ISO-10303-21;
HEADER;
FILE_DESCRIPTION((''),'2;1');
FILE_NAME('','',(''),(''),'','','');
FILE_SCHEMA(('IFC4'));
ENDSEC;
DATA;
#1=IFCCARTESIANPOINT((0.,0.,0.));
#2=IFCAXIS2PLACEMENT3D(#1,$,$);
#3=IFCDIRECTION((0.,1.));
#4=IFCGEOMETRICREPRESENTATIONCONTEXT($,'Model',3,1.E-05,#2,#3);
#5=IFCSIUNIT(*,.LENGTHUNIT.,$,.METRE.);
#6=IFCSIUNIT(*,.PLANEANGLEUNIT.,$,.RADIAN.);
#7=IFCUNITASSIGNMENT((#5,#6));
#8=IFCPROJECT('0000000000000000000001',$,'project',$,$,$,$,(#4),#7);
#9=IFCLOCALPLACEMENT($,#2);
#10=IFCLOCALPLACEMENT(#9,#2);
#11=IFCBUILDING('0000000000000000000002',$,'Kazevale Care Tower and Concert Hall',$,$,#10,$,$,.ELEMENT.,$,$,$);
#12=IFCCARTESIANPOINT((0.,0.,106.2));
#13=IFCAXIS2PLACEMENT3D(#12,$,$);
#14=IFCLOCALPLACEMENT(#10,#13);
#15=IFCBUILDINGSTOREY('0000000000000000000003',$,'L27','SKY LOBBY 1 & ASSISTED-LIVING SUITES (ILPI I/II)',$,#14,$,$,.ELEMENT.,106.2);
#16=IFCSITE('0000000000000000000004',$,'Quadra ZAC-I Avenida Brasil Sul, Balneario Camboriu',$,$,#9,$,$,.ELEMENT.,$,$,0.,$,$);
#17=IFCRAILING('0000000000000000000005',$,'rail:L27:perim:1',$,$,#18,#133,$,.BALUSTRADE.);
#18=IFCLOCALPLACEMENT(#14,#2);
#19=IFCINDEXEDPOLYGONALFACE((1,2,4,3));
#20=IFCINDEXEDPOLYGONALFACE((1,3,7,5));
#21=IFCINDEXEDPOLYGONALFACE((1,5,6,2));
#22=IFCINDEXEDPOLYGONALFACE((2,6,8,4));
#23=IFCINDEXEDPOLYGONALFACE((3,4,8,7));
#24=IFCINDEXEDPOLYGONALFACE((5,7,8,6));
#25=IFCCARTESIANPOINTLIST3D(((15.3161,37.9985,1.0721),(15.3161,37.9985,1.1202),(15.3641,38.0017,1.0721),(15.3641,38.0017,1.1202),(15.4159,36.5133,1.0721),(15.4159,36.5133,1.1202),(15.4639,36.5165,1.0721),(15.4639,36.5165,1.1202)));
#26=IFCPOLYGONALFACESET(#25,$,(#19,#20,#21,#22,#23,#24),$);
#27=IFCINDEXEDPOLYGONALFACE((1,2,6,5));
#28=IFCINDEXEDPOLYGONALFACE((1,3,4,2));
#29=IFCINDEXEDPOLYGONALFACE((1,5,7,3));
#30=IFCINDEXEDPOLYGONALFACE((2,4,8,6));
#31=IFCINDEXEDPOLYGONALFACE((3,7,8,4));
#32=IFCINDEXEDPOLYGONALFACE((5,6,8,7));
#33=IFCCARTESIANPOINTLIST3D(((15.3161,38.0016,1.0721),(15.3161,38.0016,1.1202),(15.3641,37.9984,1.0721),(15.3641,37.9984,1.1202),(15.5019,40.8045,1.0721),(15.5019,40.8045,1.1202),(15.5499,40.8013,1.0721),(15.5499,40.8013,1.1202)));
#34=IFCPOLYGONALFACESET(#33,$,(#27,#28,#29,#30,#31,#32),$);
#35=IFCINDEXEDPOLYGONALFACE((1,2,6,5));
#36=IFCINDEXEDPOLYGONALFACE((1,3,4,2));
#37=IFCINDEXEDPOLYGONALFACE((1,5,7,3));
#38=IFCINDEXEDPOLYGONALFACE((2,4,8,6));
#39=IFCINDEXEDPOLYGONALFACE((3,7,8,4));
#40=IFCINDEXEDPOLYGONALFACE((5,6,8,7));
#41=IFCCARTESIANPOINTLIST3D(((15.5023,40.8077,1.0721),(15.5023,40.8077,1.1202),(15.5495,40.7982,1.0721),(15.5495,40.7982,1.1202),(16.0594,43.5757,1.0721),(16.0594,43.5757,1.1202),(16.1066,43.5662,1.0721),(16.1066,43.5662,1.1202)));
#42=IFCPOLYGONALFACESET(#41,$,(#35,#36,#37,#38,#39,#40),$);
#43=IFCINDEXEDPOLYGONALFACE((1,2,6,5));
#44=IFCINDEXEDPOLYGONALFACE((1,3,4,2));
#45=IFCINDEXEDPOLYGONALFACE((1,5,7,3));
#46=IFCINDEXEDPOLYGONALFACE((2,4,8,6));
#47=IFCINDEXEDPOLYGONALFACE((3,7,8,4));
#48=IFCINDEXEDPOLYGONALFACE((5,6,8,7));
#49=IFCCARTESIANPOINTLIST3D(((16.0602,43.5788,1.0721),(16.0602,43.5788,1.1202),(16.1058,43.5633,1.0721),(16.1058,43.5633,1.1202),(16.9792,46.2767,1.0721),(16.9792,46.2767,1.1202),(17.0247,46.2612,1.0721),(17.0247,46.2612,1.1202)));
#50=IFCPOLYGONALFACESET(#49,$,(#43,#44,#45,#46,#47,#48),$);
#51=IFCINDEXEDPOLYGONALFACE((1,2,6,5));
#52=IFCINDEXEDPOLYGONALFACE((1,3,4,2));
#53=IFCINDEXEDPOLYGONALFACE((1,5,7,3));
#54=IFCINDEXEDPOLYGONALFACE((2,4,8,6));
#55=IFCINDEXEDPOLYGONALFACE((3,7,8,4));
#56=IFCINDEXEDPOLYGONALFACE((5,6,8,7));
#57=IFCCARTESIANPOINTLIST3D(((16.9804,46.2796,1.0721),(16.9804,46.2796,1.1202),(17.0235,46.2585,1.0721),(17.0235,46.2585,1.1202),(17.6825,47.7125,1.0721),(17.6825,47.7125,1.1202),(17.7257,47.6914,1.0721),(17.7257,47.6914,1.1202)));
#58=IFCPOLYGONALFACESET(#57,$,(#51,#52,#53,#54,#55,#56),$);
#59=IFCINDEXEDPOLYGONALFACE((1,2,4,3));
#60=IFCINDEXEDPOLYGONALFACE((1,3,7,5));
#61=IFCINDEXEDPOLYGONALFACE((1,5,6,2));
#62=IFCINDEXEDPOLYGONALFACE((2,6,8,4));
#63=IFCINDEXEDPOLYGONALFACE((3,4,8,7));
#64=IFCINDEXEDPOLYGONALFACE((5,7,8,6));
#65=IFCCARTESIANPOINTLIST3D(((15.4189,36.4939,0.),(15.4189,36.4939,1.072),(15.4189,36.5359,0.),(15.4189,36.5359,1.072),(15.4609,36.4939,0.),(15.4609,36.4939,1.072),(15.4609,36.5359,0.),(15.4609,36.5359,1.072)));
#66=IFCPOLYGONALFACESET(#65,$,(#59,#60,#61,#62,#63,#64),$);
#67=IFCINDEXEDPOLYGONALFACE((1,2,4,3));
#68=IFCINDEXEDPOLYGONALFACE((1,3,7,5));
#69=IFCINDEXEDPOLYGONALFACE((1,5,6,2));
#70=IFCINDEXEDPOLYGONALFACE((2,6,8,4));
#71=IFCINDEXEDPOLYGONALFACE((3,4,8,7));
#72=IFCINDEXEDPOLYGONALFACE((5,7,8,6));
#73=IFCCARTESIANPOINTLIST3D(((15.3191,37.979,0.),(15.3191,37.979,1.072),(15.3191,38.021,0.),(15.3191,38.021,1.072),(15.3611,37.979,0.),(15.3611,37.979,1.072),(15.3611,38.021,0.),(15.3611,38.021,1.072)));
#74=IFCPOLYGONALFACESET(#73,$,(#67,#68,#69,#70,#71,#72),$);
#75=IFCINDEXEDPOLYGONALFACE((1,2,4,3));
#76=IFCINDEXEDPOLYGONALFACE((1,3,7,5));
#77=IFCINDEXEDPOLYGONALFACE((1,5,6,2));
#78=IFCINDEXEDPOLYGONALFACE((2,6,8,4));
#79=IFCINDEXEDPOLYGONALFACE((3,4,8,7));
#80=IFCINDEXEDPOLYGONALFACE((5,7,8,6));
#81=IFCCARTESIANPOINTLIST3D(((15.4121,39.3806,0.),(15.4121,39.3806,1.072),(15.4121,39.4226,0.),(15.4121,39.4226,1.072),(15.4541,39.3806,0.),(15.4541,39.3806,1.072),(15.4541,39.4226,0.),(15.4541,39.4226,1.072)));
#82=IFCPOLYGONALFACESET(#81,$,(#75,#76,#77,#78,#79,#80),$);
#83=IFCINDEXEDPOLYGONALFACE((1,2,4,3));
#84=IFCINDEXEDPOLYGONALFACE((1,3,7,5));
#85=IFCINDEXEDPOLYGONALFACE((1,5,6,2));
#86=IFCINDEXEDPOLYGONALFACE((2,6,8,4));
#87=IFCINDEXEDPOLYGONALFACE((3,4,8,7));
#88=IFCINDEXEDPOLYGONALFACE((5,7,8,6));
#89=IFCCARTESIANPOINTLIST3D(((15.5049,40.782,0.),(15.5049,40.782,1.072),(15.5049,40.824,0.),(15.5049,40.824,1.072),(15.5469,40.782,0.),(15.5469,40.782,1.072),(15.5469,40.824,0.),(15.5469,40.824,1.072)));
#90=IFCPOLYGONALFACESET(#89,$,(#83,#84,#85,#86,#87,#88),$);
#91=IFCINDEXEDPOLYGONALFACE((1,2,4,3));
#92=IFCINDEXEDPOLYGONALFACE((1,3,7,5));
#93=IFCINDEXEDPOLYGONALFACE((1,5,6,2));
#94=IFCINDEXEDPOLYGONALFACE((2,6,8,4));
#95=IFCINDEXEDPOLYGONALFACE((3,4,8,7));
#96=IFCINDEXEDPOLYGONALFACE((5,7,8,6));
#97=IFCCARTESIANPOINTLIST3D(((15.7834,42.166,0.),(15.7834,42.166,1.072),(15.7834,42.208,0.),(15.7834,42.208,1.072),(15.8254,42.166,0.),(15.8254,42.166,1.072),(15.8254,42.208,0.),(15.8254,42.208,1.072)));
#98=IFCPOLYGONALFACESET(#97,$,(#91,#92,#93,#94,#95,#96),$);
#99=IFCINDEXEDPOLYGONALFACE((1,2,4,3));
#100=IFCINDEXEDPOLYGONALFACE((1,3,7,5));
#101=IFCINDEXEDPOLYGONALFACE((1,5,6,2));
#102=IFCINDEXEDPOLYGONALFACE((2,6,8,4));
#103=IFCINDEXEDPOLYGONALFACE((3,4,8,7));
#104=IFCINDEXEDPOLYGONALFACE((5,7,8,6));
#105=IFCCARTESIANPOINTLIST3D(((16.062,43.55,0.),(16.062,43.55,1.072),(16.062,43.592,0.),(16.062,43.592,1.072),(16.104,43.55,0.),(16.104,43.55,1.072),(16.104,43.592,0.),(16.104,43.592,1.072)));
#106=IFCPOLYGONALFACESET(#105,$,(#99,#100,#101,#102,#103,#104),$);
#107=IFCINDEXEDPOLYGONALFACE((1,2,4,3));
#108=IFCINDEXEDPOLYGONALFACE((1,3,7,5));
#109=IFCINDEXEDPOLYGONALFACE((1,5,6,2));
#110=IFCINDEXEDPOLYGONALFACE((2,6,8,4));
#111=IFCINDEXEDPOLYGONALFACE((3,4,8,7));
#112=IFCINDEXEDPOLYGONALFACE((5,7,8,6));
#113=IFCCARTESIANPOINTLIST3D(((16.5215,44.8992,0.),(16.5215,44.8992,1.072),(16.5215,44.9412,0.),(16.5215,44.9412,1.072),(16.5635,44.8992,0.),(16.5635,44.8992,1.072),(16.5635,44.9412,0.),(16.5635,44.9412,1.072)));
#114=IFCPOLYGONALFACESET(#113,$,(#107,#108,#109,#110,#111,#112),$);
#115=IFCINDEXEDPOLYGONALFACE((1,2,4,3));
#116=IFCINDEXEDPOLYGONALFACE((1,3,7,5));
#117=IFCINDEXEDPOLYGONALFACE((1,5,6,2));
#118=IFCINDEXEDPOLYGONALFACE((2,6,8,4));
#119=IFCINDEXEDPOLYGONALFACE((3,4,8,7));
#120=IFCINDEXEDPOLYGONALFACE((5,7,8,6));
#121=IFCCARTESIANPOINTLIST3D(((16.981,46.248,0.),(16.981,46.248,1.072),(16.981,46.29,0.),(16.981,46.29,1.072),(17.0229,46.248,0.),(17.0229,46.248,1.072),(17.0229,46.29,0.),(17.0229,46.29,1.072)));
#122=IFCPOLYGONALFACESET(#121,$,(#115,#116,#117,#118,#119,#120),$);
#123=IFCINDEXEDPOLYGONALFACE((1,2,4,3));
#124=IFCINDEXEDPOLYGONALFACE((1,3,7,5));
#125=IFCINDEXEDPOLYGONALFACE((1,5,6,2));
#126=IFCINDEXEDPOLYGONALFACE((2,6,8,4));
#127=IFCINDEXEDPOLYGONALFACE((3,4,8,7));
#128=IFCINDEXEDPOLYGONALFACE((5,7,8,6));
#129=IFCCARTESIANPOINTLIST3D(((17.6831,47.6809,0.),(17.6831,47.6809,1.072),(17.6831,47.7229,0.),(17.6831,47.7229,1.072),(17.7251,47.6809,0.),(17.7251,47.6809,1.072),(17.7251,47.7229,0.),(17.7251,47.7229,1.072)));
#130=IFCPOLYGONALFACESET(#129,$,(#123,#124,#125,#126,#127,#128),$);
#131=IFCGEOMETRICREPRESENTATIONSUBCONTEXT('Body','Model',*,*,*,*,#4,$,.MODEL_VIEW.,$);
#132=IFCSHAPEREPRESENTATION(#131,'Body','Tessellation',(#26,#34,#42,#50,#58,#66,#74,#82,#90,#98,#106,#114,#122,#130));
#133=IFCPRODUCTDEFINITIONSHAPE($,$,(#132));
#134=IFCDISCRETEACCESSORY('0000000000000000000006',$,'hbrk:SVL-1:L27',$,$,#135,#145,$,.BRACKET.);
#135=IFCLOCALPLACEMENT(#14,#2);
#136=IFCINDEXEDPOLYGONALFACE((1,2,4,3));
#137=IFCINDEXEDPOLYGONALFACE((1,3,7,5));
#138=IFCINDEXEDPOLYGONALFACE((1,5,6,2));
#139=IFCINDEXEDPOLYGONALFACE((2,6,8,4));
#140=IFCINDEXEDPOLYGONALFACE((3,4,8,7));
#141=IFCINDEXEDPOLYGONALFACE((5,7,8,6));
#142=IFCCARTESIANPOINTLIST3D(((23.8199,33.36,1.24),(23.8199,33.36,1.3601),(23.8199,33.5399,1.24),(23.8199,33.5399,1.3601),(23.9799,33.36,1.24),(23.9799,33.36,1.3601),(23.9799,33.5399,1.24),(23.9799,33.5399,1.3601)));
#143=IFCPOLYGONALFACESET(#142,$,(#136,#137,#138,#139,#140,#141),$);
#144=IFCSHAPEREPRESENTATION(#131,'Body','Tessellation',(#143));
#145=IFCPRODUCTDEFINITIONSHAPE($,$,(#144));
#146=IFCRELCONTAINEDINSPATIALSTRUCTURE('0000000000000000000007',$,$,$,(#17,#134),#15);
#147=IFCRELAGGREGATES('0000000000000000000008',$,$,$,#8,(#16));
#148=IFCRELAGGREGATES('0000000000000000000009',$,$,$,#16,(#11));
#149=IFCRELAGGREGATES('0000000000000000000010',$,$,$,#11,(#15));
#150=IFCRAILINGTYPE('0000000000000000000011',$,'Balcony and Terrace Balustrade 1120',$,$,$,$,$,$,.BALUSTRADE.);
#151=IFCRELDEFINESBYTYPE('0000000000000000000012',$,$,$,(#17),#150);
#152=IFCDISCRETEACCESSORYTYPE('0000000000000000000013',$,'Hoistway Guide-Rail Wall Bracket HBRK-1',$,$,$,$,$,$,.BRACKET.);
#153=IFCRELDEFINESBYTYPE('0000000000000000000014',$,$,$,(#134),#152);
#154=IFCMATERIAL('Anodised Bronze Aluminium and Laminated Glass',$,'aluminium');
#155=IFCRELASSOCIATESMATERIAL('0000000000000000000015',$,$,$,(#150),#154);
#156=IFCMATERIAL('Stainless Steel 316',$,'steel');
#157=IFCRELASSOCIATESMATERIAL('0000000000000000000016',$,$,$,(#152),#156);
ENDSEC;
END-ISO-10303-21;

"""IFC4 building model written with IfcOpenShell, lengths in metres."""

from ifc_helpers import new_model, si_unit, direction, frame, origin, origin_2d, place, context, subcontext, project, spatial, rectangle, extrude, material, type_object, element, save


model = new_model("IFC4")

# Units and contexts
model_context = context("Model", 3, precision=1e-05, world=origin(), true_north=direction((0.0, 1.0)))
body_context = subcontext(model_context, "Body", "Model", "MODEL_VIEW")
ifc_project = project(units=[si_unit("LENGTHUNIT", "METRE"), si_unit("PLANEANGLEUNIT", "RADIAN")], contexts=[model_context])

# Site, building, storey
site_placement = place(None, origin())
site = spatial("IfcSite", under=ifc_project, at=site_placement, Name="Quadra ZAC-I Avenida Brasil Sul, Balneario Camboriu", CompositionType="ELEMENT", RefElevation=0.0)
building_placement = place(site_placement, origin())
building = spatial("IfcBuilding", under=site, at=building_placement, Name="Kazevale Care Tower and Concert Hall", CompositionType="ELEMENT")
storey_placement = place(building_placement, frame((0.0, 0.0, 106.2)))
storey = spatial("IfcBuildingStorey", under=building, at=storey_placement, Name="L27", Description="SKY LOBBY 1 & ASSISTED-LIVING SUITES (ILPI I/II)", CompositionType="ELEMENT", Elevation=106.2)

# Shared definitions
ifc_material_1 = material(Name="Stainless Steel 316", Category="steel")

# Railing
ifc_material_2 = material(Name="Anodised Bronze Aluminium and Laminated Glass", Category="aluminium")
railing_type = type_object("IfcRailingType", Name="Balcony and Terrace Balustrade 1120", PredefinedType="BALUSTRADE", material=ifc_material_2)
railing_placement = place(storey_placement, frame((15.4399, 36.5149, 0.0)))
element("IfcRailing", 1, at=railing_placement, inside=storey, type_object=railing_type, Name="rail:L27:perim:1", PredefinedType="BALUSTRADE", context=body_context, shape_type="SweptSolid", body=[
    extrude(rectangle(XDim=0.0481, YDim=0.0481, at=origin_2d()), frame((0.0, 0.0, 1.0962), z_axis=(-0.067085, 0.997747, 0.0), x_axis=(-0.997747, -0.067085, 0.0)), (0.0, 0.0, 1.0), 1.4885),
    extrude(rectangle(XDim=0.0481, YDim=0.0481, at=origin_2d()), frame((-0.0999, 1.4851, 1.0962), z_axis=(0.066138, 0.99781, 0.0), x_axis=(-0.99781, 0.066138, 0.0)), (0.0, 0.0, 1.0), 2.8091),
    extrude(rectangle(XDim=0.0481, YDim=0.0481, at=origin_2d()), frame((0.0859, 4.2881, 1.0962), z_axis=(0.197313, 0.980341, 0.0), x_axis=(-0.980341, 0.197313, 0.0)), (0.0, 0.0, 1.0), 2.8235),
    extrude(rectangle(XDim=0.0481, YDim=0.0481, at=origin_2d()), frame((0.6431, 7.0562, 1.0962), z_axis=(0.322414, 0.946599, 0.0), x_axis=(-0.946599, 0.322414, 0.0)), (0.0, 0.0, 1.0), 2.8501),
    extrude(rectangle(XDim=0.0481, YDim=0.0481, at=origin_2d()), frame((1.562, 9.7542, 1.0962), z_axis=(0.440039, 0.897979, 0.0), x_axis=(-0.897979, 0.440039, 0.0)), (0.0, 0.0, 1.0), 1.5957),
    extrude(rectangle(XDim=0.042, YDim=0.042, at=origin_2d()), origin(), (0.0, 0.0, 1.0), 1.072),
    extrude(rectangle(XDim=0.042, YDim=0.042, at=origin_2d()), frame((-0.0999, 1.4851, 0.0)), (0.0, 0.0, 1.0), 1.072),
    extrude(rectangle(XDim=0.042, YDim=0.042, at=origin_2d()), frame((-0.0068, 2.8867, 0.0)), (0.0, 0.0, 1.0), 1.072),
    extrude(rectangle(XDim=0.042, YDim=0.042, at=origin_2d()), frame((0.0859, 4.2881, 0.0)), (0.0, 0.0, 1.0), 1.072),
    extrude(rectangle(XDim=0.042, YDim=0.042, at=origin_2d()), frame((0.3645, 5.6721, 0.0)), (0.0, 0.0, 1.0), 1.072),
    extrude(rectangle(XDim=0.042, YDim=0.042, at=origin_2d()), frame((0.6431, 7.0562, 0.0)), (0.0, 0.0, 1.0), 1.072),
    extrude(rectangle(XDim=0.042, YDim=0.042, at=origin_2d()), frame((1.1025, 8.4053, 0.0)), (0.0, 0.0, 1.0), 1.072),
    extrude(rectangle(XDim=0.042, YDim=0.042, at=origin_2d()), frame((1.562, 9.7542, 0.0)), (0.0, 0.0, 1.0), 1.072),
    extrude(rectangle(XDim=0.042, YDim=0.042, at=origin_2d()), frame((2.2642, 11.187, 0.0)), (0.0, 0.0, 1.0), 1.072),
])

# Discrete accessory
discrete_accessory_type = type_object("IfcDiscreteAccessoryType", Name="Hoistway Guide-Rail Wall Bracket HBRK-1", PredefinedType="BRACKET", material=ifc_material_1)
discrete_accessory_placement = place(storey_placement, frame((23.8999, 33.45, 1.24), z_axis=(0.0, 0.0, 1.0), x_axis=(1.0, 0.0, 0.0)))
element("IfcDiscreteAccessory", 2, at=discrete_accessory_placement, inside=storey, type_object=discrete_accessory_type, Name="hbrk:SVL-1:L27", PredefinedType="BRACKET", context=body_context, shape_type="SweptSolid", body=[
    extrude(rectangle(XDim=0.1599, YDim=0.1799, at=origin_2d()), origin(), (0.0, 0.0, 1.0), 0.1201),
])

save(model, "model.ifc")
